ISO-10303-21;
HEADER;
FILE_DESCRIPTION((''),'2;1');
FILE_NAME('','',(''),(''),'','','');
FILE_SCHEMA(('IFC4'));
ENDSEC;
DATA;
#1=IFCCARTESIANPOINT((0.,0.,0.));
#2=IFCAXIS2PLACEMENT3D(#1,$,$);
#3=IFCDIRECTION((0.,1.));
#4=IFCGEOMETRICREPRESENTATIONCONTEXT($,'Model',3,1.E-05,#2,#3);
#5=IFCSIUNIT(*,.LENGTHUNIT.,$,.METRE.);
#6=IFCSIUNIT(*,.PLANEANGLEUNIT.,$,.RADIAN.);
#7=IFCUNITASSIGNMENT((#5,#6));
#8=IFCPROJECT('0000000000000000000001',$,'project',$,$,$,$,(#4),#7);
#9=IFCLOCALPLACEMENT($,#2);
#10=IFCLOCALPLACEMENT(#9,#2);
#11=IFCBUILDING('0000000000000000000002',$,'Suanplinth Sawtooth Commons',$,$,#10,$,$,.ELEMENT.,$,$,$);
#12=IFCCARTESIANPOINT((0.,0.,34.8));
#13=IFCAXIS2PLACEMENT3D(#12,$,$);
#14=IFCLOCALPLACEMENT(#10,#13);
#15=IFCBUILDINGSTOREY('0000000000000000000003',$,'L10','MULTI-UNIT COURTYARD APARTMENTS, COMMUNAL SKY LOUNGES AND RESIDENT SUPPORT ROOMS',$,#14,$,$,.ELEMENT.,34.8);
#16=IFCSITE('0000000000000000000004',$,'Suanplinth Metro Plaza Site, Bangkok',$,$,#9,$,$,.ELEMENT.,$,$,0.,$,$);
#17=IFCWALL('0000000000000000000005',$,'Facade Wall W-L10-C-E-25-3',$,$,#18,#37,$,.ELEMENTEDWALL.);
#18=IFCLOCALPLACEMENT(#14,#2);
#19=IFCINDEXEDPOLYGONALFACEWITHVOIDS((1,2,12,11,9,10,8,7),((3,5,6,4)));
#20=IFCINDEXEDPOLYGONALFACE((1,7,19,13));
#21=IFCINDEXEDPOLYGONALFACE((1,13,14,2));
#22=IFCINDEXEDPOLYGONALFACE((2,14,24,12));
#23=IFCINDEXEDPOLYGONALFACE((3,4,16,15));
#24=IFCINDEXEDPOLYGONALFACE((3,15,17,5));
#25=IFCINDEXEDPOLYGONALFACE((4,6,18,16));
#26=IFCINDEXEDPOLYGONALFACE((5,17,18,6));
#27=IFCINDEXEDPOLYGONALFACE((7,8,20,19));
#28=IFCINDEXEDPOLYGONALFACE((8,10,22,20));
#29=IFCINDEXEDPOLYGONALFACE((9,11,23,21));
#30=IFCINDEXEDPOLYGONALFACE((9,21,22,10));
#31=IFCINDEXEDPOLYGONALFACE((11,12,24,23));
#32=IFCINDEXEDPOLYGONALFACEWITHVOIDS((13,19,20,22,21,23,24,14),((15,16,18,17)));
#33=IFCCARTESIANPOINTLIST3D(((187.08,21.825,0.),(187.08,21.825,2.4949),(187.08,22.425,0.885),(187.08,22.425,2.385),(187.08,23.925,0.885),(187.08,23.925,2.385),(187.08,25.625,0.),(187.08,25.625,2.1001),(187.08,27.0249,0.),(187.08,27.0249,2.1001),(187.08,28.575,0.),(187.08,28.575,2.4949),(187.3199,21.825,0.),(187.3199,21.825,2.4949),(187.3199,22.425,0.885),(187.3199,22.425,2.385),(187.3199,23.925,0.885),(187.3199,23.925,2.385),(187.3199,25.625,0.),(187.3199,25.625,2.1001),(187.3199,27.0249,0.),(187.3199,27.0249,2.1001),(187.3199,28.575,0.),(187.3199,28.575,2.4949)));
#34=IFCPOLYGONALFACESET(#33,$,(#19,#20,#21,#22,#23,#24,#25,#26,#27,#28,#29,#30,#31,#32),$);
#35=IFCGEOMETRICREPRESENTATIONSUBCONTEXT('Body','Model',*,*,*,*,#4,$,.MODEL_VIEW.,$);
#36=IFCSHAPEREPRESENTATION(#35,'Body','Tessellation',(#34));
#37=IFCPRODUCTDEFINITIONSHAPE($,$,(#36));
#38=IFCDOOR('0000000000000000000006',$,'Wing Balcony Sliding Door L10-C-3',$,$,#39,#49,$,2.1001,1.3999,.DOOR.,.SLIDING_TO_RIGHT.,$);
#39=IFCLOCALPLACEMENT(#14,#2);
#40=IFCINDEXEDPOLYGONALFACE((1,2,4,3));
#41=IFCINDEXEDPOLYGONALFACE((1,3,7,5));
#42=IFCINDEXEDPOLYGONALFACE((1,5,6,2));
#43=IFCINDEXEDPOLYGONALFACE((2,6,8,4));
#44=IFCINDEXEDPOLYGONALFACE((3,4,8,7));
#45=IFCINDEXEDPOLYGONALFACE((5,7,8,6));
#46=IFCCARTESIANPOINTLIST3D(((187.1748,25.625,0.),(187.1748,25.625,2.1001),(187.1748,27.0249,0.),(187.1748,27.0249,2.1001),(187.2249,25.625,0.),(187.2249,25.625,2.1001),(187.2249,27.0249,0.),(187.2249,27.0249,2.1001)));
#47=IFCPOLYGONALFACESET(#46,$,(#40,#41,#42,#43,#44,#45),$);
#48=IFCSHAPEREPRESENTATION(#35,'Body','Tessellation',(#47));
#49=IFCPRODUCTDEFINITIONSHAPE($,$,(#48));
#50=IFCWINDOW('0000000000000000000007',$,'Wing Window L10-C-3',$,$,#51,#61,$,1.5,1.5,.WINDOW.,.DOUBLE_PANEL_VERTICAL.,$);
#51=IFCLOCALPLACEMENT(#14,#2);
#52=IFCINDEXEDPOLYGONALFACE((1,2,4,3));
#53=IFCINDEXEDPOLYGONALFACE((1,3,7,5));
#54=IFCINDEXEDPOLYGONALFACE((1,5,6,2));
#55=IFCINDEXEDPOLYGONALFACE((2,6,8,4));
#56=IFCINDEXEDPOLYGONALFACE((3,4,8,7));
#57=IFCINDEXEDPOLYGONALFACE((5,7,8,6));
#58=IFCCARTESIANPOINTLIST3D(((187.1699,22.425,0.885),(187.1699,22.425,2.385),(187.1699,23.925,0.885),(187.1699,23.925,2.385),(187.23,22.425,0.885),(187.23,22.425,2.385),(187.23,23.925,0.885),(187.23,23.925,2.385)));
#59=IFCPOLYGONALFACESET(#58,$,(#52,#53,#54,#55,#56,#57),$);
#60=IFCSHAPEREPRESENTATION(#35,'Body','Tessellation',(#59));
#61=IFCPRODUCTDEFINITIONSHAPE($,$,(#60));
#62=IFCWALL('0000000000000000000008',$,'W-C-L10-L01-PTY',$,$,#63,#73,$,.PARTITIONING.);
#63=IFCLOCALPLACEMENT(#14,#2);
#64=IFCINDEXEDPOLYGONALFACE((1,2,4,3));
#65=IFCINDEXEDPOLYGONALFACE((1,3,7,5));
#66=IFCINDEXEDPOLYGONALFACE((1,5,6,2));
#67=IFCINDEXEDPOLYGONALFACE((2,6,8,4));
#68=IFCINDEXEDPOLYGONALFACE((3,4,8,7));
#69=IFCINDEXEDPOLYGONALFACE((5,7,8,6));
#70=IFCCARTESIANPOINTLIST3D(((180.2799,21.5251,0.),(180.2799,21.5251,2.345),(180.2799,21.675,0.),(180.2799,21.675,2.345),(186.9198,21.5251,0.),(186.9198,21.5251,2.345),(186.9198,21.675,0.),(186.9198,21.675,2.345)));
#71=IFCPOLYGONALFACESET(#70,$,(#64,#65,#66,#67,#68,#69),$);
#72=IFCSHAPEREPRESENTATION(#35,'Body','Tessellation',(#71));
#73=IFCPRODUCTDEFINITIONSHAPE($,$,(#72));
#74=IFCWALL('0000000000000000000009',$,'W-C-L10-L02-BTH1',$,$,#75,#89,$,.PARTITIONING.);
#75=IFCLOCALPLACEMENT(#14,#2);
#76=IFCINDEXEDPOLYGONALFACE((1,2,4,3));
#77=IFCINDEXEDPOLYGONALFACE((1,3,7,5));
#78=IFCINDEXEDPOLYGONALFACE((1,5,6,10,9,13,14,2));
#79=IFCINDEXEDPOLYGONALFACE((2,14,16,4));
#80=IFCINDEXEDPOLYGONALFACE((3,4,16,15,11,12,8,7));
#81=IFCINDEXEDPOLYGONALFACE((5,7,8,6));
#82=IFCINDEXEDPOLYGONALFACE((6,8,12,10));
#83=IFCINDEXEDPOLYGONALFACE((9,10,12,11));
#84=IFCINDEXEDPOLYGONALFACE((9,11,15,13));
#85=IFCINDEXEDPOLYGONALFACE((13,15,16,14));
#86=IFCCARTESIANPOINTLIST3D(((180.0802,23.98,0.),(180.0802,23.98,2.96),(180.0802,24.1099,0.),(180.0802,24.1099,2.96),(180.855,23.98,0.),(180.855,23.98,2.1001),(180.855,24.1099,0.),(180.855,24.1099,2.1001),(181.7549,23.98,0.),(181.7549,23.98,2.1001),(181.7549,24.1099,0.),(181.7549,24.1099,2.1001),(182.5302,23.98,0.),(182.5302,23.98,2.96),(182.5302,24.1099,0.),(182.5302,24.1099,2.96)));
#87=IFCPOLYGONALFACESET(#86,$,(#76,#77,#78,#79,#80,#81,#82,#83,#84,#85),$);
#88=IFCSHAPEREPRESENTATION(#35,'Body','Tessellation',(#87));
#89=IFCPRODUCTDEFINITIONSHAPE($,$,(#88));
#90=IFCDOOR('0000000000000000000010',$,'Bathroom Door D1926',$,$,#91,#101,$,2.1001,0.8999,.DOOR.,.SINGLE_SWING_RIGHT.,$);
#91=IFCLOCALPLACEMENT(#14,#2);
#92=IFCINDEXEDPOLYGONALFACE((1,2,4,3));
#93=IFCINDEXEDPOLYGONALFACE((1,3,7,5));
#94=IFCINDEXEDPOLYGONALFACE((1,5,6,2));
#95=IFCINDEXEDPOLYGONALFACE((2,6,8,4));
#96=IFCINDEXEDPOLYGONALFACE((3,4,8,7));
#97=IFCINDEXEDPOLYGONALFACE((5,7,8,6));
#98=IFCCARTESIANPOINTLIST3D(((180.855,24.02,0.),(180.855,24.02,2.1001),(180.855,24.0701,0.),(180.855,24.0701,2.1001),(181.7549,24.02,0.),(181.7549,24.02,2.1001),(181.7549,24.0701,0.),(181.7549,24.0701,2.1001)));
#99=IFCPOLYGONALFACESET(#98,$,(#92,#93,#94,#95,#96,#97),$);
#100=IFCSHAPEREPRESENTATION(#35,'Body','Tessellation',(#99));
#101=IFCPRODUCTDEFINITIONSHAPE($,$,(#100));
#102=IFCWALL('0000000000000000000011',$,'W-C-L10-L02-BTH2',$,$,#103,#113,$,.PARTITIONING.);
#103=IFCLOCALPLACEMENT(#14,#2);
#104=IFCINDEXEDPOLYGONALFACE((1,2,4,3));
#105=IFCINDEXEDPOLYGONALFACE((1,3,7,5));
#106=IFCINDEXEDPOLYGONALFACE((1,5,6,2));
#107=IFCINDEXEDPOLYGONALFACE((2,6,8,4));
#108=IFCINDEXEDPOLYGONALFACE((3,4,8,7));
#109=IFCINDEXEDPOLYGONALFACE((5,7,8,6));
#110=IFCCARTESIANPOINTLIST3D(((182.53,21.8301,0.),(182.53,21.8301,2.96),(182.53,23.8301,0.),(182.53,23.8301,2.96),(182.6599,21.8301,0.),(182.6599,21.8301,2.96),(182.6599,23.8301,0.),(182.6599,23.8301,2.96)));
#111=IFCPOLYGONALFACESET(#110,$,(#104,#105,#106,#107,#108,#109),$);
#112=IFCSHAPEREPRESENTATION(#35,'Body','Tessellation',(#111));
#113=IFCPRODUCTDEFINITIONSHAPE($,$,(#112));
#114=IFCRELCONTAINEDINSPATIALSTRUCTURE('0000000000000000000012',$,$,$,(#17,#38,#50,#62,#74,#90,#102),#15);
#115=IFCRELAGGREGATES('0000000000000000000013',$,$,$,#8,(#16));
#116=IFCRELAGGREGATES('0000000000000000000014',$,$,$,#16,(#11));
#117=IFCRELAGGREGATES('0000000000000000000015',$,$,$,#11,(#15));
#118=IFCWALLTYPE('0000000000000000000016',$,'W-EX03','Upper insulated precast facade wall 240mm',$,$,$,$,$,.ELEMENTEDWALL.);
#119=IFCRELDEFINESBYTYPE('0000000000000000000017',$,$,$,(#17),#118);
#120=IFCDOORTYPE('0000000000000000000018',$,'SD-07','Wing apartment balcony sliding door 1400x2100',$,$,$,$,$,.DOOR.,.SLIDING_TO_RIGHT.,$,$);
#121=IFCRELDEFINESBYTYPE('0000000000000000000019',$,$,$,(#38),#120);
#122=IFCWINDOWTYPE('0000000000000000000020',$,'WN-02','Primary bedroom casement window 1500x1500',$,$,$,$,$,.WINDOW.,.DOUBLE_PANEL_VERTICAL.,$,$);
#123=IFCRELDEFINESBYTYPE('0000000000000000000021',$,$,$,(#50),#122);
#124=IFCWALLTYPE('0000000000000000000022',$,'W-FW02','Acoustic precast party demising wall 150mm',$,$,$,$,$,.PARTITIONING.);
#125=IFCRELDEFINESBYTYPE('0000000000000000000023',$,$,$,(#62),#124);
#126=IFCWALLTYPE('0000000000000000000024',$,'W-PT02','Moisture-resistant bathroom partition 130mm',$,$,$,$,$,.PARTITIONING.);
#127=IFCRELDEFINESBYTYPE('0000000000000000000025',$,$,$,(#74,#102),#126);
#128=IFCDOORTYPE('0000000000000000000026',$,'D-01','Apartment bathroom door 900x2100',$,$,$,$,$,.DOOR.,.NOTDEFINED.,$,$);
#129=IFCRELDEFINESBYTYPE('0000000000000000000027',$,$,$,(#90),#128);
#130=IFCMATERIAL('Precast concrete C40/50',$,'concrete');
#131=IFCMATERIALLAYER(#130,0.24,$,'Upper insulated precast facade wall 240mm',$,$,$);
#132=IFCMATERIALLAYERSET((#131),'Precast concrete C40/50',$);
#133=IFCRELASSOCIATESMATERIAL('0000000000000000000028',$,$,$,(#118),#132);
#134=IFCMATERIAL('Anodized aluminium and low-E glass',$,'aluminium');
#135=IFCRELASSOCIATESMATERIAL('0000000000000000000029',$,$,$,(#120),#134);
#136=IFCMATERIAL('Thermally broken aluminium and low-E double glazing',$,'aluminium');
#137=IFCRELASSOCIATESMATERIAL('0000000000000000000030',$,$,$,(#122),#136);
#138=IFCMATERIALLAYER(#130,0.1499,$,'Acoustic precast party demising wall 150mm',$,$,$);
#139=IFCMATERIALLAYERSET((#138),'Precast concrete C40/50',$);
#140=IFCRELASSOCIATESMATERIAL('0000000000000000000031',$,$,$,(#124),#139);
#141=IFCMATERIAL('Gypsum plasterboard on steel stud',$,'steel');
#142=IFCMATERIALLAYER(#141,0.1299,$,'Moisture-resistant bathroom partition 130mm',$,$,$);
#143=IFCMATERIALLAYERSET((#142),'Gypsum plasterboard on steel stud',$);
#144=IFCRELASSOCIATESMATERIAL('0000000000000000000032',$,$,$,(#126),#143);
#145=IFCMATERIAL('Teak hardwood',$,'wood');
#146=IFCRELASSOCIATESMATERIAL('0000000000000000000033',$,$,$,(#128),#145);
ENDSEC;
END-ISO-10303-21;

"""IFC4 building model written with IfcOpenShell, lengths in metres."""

from ifc_helpers import new_model, si_unit, direction, frame, frame_2d, origin, place, context, subcontext, project, spatial, rectangle, extrude, material, layer, layer_set, type_object, element, fill, save


model = new_model("IFC4")

# Units and contexts
model_context = context("Model", 3, precision=1e-05, world=origin(), true_north=direction((0.0, 1.0)))
body_context = subcontext(model_context, "Body", "Model", "MODEL_VIEW")
ifc_project = project(units=[si_unit("LENGTHUNIT", "METRE"), si_unit("PLANEANGLEUNIT", "RADIAN")], contexts=[model_context])

# Site, building, storey
site_placement = place(None, origin())
site = spatial("IfcSite", under=ifc_project, at=site_placement, Name="Suanplinth Metro Plaza Site, Bangkok", CompositionType="ELEMENT", RefElevation=0.0)
building_placement = place(site_placement, origin())
building = spatial("IfcBuilding", under=site, at=building_placement, Name="Suanplinth Sawtooth Commons", CompositionType="ELEMENT")
storey_placement = place(building_placement, frame((0.0, 0.0, 34.8)))
storey = spatial("IfcBuildingStorey", under=building, at=storey_placement, Name="L10", Description="MULTI-UNIT COURTYARD APARTMENTS, COMMUNAL SKY LOUNGES AND RESIDENT SUPPORT ROOMS", CompositionType="ELEMENT", Elevation=34.8)

# Shared definitions
ifc_material_1 = material(Name="Precast concrete C40/50", Category="concrete")

# Shared definitions
ifc_layer_1 = layer(ifc_material_1, 0.24, Name="Upper insulated precast facade wall 240mm")
ifc_layer_set_1 = layer_set([ifc_layer_1], Name="Precast concrete C40/50")
wall_type_1 = type_object("IfcWallType", Name="W-EX03", Description="Upper insulated precast facade wall 240mm", PredefinedType="ELEMENTEDWALL", material=ifc_layer_set_1)
ifc_material_2 = material(Name="Anodized aluminium and low-E glass", Category="aluminium")
door_type_1 = type_object("IfcDoorType", Name="SD-07", Description="Wing apartment balcony sliding door 1400x2100", OperationType="SLIDING_TO_RIGHT", PredefinedType="DOOR", material=ifc_material_2)

# Wall, openings, door, window
wall_1_placement = place(storey_placement, frame((187.2, 21.825, 0.0), z_axis=(0.0, 0.0, 1.0), x_axis=(0.0, 1.0, 0.0)))
wall_1 = element("IfcWall", 1, at=wall_1_placement, inside=storey, type_object=wall_type_1, Name="Facade Wall W-L10-C-E-25-3", PredefinedType="ELEMENTEDWALL", context=body_context, shape_type="SweptSolid", body=[
    extrude(rectangle(XDim=6.75, YDim=0.24, at=frame_2d((3.375, 0.0))), origin(), (0.0, 0.0, 1.0), 2.4949),
])
opening_1_placement = place(wall_1_placement, frame((3.8, 0.0, 0.0)))
opening_1 = element("IfcOpeningElement", 2, at=opening_1_placement, cuts=wall_1, PredefinedType="OPENING", context=body_context, shape_type="SweptSolid", body=[
    extrude(rectangle(XDim=1.3999, YDim=2.1001, at=frame_2d((0.7, 1.05))), frame((0.0, 0.1348, 0.0), z_axis=(0.0, -1.0, 0.0), x_axis=(1.0, 0.0, 0.0)), (0.0, 0.0, 1.0), 0.2698),
])
opening_2_placement = place(wall_1_placement, frame((0.6001, 0.0, 0.885)))
opening_2 = element("IfcOpeningElement", 3, at=opening_2_placement, cuts=wall_1, PredefinedType="OPENING", context=body_context, shape_type="SweptSolid", body=[
    extrude(rectangle(XDim=1.5, YDim=1.5, at=frame_2d((0.75, 0.75))), frame((0.0, 0.1348, 0.0), z_axis=(0.0, -1.0, 0.0), x_axis=(1.0, 0.0, 0.0)), (0.0, 0.0, 1.0), 0.2698),
])
door_1_placement = place(opening_1_placement, frame((1.3999, 0.0, 0.0), z_axis=(0.0, 0.0, 1.0), x_axis=(-1.0, 0.0, 0.0)))
door_1 = element("IfcDoor", 4, at=door_1_placement, inside=storey, type_object=door_type_1, Name="Wing Balcony Sliding Door L10-C-3", OperationType="SLIDING_TO_RIGHT", OverallHeight=2.1001, OverallWidth=1.3999, PredefinedType="DOOR", context=body_context, shape_type="SweptSolid", body=[
    extrude(rectangle(XDim=1.3999, YDim=2.1001, at=frame_2d((0.7, 1.05))), frame((0.0, 0.0249, 0.0), z_axis=(0.0, -1.0, 0.0), x_axis=(1.0, 0.0, 0.0)), (0.0, 0.0, 1.0), 0.05),
])
fill(opening_1, door_1)
ifc_material_3 = material(Name="Thermally broken aluminium and low-E double glazing", Category="aluminium")
window_type = type_object("IfcWindowType", Name="WN-02", Description="Primary bedroom casement window 1500x1500", PartitioningType="DOUBLE_PANEL_VERTICAL", PredefinedType="WINDOW", material=ifc_material_3)
window_placement = place(opening_2_placement, origin())
window = element("IfcWindow", 5, at=window_placement, inside=storey, type_object=window_type, Name="Wing Window L10-C-3", OverallHeight=1.5, OverallWidth=1.5, PartitioningType="DOUBLE_PANEL_VERTICAL", PredefinedType="WINDOW", context=body_context, shape_type="SweptSolid", body=[
    extrude(rectangle(XDim=1.5, YDim=1.5, at=frame_2d((0.75, 0.75))), frame((0.0, 0.03, 0.0), z_axis=(0.0, -1.0, 0.0), x_axis=(1.0, 0.0, 0.0)), (0.0, 0.0, 1.0), 0.0601),
])
fill(opening_2, window)

# Wall
ifc_layer_2 = layer(ifc_material_1, 0.1499, Name="Acoustic precast party demising wall 150mm")
ifc_layer_set_2 = layer_set([ifc_layer_2], Name="Precast concrete C40/50")
wall_type_2 = type_object("IfcWallType", Name="W-FW02", Description="Acoustic precast party demising wall 150mm", PredefinedType="PARTITIONING", material=ifc_layer_set_2)
wall_2_placement = place(storey_placement, frame((180.28, 21.6001, 0.0), z_axis=(0.0, 0.0, 1.0), x_axis=(1.0, 0.0, 0.0)))
element("IfcWall", 6, at=wall_2_placement, inside=storey, type_object=wall_type_2, Name="W-C-L10-L01-PTY", PredefinedType="PARTITIONING", context=body_context, shape_type="SweptSolid", body=[
    extrude(rectangle(XDim=6.6399, YDim=0.1499, at=frame_2d((3.3198, 0.0))), origin(), (0.0, 0.0, 1.0), 2.345),
])

# Wall, opening, door
ifc_material_4 = material(Name="Gypsum plasterboard on steel stud", Category="steel")
ifc_layer_3 = layer(ifc_material_4, 0.1299, Name="Moisture-resistant bathroom partition 130mm")
ifc_layer_set_3 = layer_set([ifc_layer_3], Name="Gypsum plasterboard on steel stud")
wall_type_3 = type_object("IfcWallType", Name="W-PT02", Description="Moisture-resistant bathroom partition 130mm", PredefinedType="PARTITIONING", material=ifc_layer_set_3)
wall_3_placement = place(storey_placement, frame((180.0801, 24.0449, 0.0), z_axis=(0.0, 0.0, 1.0), x_axis=(1.0, 0.0, 0.0)))
wall_3 = element("IfcWall", 7, at=wall_3_placement, inside=storey, type_object=wall_type_3, Name="W-C-L10-L02-BTH1", PredefinedType="PARTITIONING", context=body_context, shape_type="SweptSolid", body=[
    extrude(rectangle(XDim=2.45, YDim=0.1299, at=frame_2d((1.2251, 0.0))), origin(), (0.0, 0.0, 1.0), 2.96),
])
opening_3_placement = place(wall_3_placement, frame((0.7749, 0.0, 0.0)))
opening_3 = element("IfcOpeningElement", 8, at=opening_3_placement, cuts=wall_3, PredefinedType="OPENING", context=body_context, shape_type="SweptSolid", body=[
    extrude(rectangle(XDim=0.8999, YDim=2.1001, at=frame_2d((0.45, 1.05))), frame((0.0, 0.0798, 0.0), z_axis=(0.0, -1.0, 0.0), x_axis=(1.0, 0.0, 0.0)), (0.0, 0.0, 1.0), 0.1597),
])
ifc_material_5 = material(Name="Teak hardwood", Category="wood")
door_type_2 = type_object("IfcDoorType", Name="D-01", Description="Apartment bathroom door 900x2100", OperationType="NOTDEFINED", PredefinedType="DOOR", material=ifc_material_5)
door_2_placement = place(opening_3_placement, frame((0.8999, 0.0, 0.0), z_axis=(0.0, 0.0, 1.0), x_axis=(-1.0, 0.0, 0.0)))
door_2 = element("IfcDoor", 9, at=door_2_placement, inside=storey, type_object=door_type_2, Name="Bathroom Door D1926", OperationType="SINGLE_SWING_RIGHT", OverallHeight=2.1001, OverallWidth=0.8999, PredefinedType="DOOR", context=body_context, shape_type="SweptSolid", body=[
    extrude(rectangle(XDim=0.8999, YDim=2.1001, at=frame_2d((0.45, 1.05))), frame((0.0, 0.0249, 0.0), z_axis=(0.0, -1.0, 0.0), x_axis=(1.0, 0.0, 0.0)), (0.0, 0.0, 1.0), 0.05),
])
fill(opening_3, door_2)

# Wall
wall_4_placement = place(storey_placement, frame((182.595, 21.8301, 0.0), z_axis=(0.0, 0.0, 1.0), x_axis=(0.0, 1.0, 0.0)))
element("IfcWall", 10, at=wall_4_placement, inside=storey, type_object=wall_type_3, Name="W-C-L10-L02-BTH2", PredefinedType="PARTITIONING", context=body_context, shape_type="SweptSolid", body=[
    extrude(rectangle(XDim=2.0, YDim=0.1299, at=frame_2d((1.0, 0.0))), origin(), (0.0, 0.0, 1.0), 2.96),
])

save(model, "model.ifc")
